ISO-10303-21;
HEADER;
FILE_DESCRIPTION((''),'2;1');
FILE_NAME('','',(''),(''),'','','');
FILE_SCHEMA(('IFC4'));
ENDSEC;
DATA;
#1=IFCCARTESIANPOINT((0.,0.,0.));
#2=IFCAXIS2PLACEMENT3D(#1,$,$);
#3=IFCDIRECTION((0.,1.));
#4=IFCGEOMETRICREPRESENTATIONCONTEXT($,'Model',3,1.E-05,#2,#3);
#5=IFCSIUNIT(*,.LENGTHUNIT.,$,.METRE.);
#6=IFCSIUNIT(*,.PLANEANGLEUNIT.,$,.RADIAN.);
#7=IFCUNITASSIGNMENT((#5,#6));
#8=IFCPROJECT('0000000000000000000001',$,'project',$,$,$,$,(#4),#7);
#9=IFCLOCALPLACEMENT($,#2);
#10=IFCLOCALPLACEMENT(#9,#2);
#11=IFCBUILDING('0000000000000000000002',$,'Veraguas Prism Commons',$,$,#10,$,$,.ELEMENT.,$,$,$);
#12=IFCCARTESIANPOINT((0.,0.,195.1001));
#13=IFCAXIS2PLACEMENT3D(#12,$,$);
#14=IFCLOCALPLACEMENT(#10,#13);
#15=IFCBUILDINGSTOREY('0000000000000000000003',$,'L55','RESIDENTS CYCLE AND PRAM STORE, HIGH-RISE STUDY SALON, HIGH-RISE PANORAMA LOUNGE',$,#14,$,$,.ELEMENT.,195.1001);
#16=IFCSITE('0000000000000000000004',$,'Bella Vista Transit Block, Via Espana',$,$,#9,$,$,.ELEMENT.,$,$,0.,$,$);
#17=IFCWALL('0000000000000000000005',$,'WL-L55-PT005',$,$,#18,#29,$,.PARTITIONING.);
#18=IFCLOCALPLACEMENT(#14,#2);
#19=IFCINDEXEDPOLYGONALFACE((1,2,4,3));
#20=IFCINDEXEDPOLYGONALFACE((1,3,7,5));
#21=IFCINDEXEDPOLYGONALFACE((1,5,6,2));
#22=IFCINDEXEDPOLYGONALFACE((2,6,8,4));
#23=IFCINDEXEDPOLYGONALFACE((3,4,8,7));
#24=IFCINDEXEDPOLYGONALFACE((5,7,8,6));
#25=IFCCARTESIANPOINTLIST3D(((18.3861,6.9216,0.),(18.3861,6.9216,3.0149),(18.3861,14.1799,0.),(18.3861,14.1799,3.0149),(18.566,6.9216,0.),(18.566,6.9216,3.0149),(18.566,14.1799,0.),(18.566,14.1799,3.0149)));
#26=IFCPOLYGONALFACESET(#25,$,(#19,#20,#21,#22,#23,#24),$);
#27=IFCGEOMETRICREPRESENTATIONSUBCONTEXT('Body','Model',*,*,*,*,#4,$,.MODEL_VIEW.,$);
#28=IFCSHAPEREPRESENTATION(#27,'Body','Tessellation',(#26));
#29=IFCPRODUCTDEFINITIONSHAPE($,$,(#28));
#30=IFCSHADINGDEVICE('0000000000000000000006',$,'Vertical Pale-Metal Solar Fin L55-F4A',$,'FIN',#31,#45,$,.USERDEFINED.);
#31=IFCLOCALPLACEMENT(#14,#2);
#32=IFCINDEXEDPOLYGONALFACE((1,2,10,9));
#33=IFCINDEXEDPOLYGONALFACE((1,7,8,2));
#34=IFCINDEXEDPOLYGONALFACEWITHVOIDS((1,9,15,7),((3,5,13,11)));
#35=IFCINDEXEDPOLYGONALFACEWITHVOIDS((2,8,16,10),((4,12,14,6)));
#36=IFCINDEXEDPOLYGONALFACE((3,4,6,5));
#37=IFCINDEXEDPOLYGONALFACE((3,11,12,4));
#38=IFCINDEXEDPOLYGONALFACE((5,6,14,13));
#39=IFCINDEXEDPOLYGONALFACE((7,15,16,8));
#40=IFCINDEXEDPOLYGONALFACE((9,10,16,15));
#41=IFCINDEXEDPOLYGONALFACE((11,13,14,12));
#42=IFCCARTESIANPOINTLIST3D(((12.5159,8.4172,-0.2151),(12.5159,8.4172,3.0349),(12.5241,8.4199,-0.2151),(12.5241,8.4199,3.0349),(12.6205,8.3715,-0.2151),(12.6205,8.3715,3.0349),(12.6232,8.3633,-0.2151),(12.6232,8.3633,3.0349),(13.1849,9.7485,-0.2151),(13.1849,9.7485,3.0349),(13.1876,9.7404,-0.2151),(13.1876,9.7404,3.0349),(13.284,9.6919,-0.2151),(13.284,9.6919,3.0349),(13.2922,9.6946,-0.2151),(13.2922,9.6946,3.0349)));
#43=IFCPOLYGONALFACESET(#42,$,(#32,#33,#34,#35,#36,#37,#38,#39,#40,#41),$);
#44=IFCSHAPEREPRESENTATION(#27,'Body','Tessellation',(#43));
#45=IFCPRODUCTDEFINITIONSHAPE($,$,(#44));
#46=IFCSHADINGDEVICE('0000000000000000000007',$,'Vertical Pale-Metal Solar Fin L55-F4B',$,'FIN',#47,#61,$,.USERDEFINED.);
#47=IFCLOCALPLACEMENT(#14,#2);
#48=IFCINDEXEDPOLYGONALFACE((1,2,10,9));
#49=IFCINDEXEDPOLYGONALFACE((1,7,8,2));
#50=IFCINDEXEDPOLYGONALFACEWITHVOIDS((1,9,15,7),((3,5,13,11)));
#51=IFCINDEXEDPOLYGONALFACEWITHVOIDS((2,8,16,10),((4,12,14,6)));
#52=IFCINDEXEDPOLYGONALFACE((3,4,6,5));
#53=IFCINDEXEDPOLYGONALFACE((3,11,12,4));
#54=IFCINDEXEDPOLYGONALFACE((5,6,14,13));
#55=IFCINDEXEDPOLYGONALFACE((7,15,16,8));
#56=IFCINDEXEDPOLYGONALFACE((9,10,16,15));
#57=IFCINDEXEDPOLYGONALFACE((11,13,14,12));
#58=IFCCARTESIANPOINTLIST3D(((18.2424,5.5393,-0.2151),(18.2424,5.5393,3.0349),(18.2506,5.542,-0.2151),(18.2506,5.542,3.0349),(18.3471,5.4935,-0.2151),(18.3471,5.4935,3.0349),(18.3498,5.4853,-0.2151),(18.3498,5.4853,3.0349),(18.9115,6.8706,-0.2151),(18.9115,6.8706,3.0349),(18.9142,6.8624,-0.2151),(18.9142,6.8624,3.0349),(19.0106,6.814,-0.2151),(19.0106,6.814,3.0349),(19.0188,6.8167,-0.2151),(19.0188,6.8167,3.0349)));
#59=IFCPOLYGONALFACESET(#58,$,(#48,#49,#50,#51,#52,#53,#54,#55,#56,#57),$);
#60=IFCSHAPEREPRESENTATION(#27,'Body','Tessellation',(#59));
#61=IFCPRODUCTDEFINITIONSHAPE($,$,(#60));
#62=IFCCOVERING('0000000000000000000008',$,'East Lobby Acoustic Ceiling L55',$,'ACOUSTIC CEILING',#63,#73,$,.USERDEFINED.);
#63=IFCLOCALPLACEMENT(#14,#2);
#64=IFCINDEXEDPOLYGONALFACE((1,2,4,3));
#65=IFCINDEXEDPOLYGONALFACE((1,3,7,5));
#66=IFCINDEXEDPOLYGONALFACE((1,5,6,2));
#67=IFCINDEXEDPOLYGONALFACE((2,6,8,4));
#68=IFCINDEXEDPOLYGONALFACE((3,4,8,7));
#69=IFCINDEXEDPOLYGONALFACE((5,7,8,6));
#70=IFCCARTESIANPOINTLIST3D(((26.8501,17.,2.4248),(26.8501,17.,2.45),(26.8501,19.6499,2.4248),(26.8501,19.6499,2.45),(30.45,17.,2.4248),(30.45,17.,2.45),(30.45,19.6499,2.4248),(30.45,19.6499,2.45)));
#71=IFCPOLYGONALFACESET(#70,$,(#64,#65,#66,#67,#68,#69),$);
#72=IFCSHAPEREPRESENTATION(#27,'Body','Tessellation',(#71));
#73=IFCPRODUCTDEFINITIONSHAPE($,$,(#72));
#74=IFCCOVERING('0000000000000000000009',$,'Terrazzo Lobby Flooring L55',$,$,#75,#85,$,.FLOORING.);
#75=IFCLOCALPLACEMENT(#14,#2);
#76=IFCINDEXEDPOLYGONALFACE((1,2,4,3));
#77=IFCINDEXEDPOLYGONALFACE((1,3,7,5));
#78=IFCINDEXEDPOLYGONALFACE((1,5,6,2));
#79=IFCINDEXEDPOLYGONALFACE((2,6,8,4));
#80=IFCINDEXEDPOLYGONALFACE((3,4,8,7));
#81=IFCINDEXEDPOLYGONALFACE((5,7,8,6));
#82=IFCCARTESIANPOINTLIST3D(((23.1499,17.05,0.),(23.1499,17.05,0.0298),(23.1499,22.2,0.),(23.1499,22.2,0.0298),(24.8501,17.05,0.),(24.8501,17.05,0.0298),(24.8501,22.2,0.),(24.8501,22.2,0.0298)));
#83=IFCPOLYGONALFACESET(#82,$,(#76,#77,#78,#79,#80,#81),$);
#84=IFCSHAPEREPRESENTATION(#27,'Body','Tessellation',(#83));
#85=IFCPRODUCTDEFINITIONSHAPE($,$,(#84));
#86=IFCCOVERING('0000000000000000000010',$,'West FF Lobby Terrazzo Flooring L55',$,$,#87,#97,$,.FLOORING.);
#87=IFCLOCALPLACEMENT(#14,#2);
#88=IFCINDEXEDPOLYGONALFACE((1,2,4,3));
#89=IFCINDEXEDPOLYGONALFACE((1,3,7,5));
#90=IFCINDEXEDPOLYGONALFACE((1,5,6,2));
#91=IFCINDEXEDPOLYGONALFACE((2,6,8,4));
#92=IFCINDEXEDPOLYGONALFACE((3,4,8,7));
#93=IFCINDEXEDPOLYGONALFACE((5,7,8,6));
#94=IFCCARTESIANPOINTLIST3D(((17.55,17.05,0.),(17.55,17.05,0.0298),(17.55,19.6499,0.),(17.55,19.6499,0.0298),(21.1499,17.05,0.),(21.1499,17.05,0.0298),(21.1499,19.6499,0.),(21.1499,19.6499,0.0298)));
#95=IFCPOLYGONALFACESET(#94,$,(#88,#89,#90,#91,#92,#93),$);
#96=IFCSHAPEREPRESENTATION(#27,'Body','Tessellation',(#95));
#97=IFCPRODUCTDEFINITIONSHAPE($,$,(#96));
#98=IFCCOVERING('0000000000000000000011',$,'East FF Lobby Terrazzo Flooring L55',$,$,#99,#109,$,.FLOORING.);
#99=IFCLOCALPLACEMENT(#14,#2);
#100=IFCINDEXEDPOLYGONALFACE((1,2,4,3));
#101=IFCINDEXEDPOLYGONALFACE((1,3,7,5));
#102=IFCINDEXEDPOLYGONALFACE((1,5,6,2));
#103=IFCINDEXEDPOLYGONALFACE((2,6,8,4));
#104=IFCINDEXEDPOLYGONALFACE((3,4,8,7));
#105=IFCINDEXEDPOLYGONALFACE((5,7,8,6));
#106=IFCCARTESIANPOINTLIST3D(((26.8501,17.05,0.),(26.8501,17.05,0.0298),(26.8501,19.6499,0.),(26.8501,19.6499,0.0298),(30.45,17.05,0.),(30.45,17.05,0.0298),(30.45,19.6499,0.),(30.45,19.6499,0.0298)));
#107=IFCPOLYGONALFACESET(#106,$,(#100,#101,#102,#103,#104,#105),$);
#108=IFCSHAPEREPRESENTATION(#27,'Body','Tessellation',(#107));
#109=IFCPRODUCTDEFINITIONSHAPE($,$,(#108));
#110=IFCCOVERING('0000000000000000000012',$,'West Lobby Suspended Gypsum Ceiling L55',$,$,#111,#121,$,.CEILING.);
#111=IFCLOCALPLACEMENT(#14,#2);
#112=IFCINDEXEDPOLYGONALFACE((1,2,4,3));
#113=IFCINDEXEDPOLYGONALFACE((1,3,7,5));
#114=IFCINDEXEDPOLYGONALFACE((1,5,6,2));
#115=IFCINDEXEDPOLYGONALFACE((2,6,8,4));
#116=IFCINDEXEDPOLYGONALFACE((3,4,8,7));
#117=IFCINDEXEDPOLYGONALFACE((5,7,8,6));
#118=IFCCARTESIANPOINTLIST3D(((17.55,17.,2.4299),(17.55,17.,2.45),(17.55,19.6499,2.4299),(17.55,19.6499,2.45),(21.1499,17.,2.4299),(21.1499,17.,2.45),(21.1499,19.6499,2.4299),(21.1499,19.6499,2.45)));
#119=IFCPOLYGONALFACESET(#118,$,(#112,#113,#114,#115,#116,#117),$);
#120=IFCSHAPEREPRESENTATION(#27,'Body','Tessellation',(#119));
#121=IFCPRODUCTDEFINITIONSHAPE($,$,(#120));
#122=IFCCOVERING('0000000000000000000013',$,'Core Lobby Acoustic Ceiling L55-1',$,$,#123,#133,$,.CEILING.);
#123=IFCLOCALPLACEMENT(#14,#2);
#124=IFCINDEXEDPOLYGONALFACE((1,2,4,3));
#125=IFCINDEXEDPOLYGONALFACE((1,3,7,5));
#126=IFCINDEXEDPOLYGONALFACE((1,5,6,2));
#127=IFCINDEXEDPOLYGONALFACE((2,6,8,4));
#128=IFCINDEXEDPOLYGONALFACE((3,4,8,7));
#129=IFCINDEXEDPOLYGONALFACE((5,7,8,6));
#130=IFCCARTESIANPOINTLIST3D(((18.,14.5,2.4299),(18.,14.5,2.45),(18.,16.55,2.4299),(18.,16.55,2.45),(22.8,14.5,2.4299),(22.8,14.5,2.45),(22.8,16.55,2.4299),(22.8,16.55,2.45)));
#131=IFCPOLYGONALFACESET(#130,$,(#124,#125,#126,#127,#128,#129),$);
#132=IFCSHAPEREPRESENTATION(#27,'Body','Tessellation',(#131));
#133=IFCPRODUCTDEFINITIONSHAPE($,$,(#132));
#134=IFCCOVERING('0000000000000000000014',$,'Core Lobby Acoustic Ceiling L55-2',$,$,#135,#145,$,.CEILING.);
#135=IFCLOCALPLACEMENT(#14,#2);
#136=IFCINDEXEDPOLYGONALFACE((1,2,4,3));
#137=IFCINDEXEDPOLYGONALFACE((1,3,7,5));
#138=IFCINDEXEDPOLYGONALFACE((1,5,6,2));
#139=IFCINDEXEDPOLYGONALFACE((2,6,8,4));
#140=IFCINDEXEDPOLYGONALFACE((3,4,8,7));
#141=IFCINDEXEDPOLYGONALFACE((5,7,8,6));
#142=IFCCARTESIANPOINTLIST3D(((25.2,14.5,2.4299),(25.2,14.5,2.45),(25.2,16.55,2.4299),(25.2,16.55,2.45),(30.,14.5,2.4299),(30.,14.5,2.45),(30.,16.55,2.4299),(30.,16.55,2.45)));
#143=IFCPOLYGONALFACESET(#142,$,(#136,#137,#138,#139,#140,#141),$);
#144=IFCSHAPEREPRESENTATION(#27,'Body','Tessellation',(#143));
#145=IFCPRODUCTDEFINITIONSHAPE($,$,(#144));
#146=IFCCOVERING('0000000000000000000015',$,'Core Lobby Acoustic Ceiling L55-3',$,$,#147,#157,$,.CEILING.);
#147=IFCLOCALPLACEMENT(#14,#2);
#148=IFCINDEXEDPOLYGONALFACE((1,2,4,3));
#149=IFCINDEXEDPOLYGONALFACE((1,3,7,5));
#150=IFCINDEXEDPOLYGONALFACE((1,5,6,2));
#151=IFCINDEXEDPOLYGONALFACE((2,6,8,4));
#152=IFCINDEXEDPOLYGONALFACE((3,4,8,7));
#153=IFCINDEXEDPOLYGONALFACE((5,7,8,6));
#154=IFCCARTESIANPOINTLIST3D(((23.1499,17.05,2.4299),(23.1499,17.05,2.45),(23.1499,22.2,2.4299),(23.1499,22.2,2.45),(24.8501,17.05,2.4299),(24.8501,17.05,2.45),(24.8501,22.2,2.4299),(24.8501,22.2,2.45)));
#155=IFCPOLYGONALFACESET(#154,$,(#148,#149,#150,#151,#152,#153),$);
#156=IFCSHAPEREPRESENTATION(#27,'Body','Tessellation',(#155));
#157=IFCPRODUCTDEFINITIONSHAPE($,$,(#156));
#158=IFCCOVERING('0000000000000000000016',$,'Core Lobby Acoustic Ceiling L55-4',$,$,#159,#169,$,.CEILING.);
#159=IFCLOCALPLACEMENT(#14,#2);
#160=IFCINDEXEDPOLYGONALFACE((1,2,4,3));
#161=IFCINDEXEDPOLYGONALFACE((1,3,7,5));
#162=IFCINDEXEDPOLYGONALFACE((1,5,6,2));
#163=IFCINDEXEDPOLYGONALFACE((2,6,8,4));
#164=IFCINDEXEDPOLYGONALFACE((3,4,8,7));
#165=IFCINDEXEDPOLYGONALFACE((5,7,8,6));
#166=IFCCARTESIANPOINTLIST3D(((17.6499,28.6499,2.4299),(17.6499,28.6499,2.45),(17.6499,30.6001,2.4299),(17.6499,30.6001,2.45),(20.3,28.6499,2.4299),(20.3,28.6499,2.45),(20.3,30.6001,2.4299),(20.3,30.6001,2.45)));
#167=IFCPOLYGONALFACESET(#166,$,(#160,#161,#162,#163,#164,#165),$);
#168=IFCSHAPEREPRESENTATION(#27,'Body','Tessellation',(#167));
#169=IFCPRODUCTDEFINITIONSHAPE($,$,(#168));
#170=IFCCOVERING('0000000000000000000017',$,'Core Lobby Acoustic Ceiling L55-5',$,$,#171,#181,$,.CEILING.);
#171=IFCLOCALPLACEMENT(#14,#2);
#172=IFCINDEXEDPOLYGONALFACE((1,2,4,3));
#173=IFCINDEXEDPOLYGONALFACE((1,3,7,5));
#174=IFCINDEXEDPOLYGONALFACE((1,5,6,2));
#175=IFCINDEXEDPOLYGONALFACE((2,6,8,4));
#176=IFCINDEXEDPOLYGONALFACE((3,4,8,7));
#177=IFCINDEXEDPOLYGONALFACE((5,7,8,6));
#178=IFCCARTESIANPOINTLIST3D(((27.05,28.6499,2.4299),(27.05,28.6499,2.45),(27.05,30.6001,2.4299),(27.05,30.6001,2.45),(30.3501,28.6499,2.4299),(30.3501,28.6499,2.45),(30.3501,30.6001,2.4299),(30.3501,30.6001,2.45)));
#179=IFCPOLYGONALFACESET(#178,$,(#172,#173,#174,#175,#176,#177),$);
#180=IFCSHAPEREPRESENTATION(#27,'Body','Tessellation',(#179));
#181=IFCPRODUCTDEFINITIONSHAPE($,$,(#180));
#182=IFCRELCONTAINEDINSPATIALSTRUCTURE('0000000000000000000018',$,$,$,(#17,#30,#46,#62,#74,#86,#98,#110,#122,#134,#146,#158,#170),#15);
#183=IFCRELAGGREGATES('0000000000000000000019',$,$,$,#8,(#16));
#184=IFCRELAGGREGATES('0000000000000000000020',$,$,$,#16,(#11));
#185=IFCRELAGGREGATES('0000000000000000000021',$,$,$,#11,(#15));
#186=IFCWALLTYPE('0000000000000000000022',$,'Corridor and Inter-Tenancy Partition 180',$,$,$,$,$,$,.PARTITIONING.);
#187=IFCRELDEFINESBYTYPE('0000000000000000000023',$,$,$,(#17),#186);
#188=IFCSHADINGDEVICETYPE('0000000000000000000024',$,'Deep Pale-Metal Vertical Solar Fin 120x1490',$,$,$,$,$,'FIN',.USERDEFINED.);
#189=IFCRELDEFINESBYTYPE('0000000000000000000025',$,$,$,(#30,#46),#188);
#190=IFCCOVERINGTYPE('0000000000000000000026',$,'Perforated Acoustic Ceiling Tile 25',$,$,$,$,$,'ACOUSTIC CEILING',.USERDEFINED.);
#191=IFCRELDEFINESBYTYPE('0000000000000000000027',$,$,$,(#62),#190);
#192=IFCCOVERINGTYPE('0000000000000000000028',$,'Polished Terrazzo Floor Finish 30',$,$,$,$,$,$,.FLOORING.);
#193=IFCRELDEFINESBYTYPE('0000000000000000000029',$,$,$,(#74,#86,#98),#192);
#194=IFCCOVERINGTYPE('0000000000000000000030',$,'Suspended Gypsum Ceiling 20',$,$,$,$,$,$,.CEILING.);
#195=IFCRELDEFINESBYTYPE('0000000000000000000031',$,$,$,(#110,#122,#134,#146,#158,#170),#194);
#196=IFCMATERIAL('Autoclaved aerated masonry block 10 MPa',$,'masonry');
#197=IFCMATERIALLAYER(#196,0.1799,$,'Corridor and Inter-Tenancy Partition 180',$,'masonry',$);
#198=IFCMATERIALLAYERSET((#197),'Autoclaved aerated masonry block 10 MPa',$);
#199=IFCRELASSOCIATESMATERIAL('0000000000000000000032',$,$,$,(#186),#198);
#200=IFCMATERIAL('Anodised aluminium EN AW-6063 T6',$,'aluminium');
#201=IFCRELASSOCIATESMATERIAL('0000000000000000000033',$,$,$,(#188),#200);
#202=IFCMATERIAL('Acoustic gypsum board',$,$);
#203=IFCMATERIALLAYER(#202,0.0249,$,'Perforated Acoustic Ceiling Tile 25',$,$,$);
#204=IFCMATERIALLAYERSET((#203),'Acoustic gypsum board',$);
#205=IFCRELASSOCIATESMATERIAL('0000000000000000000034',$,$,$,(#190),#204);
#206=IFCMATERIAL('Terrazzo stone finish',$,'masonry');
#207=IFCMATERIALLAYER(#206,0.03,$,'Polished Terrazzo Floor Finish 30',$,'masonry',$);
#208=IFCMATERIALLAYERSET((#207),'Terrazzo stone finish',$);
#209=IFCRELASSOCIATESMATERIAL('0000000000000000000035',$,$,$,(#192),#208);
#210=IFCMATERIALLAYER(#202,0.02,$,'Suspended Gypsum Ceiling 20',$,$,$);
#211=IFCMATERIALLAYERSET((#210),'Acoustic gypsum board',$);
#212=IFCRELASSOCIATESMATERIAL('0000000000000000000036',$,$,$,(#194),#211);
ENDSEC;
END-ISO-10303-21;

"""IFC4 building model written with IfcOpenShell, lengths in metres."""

from ifc_helpers import new_model, si_unit, direction, frame, frame_2d, origin, origin_2d, place, context, subcontext, project, spatial, polyline, rectangle, hollow_rectangle, outline, extrude, material, layer, layer_set, material_profile, profile_set, type_object, element, save


model = new_model("IFC4")

# Units and contexts
model_context = context("Model", 3, precision=1e-05, world=origin(), true_north=direction((0.0, 1.0)))
body_context = subcontext(model_context, "Body", "Model", "MODEL_VIEW")
ifc_project = project(units=[si_unit("LENGTHUNIT", "METRE"), si_unit("PLANEANGLEUNIT", "RADIAN")], contexts=[model_context])

# Site, building, storey
site_placement = place(None, origin())
site = spatial("IfcSite", under=ifc_project, at=site_placement, Name="Bella Vista Transit Block, Via Espana", CompositionType="ELEMENT", RefElevation=0.0)
building_placement = place(site_placement, origin())
building = spatial("IfcBuilding", under=site, at=building_placement, Name="Veraguas Prism Commons", CompositionType="ELEMENT")
storey_placement = place(building_placement, frame((0.0, 0.0, 195.1001)))
storey = spatial("IfcBuildingStorey", under=building, at=storey_placement, Name="L55", Description="RESIDENTS CYCLE AND PRAM STORE, HIGH-RISE STUDY SALON, HIGH-RISE PANORAMA LOUNGE", CompositionType="ELEMENT", Elevation=195.1001)

# Shared definitions
ifc_material_1 = material(Name="Anodised aluminium EN AW-6063 T6", Category="aluminium")

# Wall
ifc_material_2 = material(Name="Autoclaved aerated masonry block 10 MPa", Category="masonry")
ifc_layer_1 = layer(ifc_material_2, 0.1799, Name="Corridor and Inter-Tenancy Partition 180", Category="masonry")
ifc_layer_set_1 = layer_set([ifc_layer_1], Name="Autoclaved aerated masonry block 10 MPa")
wall_type = type_object("IfcWallType", Name="Corridor and Inter-Tenancy Partition 180", PredefinedType="PARTITIONING", material=ifc_layer_set_1)
wall_1_placement = place(storey_placement, frame((18.4761, 14.1799, 0.0), z_axis=(0.0, 0.0, 1.0), x_axis=(0.0, -1.0, 0.0)))
element("IfcWall", 1, at=wall_1_placement, inside=storey, type_object=wall_type, Name="WL-L55-PT005", PredefinedType="PARTITIONING", context=body_context, shape_type="SweptSolid", body=[
    extrude(rectangle(XDim=7.2583, YDim=0.1799, at=frame_2d((3.6292, 0.0))), origin(), (0.0, 0.0, 1.0), 3.0149),
])

# Shading devices
ifc_material_profile_1 = material_profile(ifc_material_1, hollow_rectangle(XDim=0.1201, YDim=1.49, WallThickness=0.0061, at=origin_2d()), Name="FIN120X1490X6")
ifc_profile_set_1 = profile_set([ifc_material_profile_1], Name="Anodised aluminium EN AW-6063 T6")
shading_device_type = type_object("IfcShadingDeviceType", Name="Deep Pale-Metal Vertical Solar Fin 120x1490", ElementType="FIN", PredefinedType="USERDEFINED", material=ifc_profile_set_1)
for number, where, z_axis, x_axis, name in (
    (2, (12.9041, 9.0559, -0.2151), (0.0, 0.0, 1.0), (0.893528, -0.449007, 0.0), "Vertical Pale-Metal Solar Fin L55-F4A"),
    (3, (18.6306, 6.178, -0.2151), (0.0, 0.0, 1.0), (0.893528, -0.449007, 0.0), "Vertical Pale-Metal Solar Fin L55-F4B"),
):
    element("IfcShadingDevice", number, at=place(storey_placement, frame(where, z_axis=z_axis, x_axis=x_axis)), inside=storey, type_object=shading_device_type, Name=name, ObjectType="FIN", PredefinedType="USERDEFINED", context=body_context, shape_type="SweptSolid", body=[
        extrude(hollow_rectangle(XDim=0.1201, YDim=1.49, WallThickness=0.0061, at=origin_2d()), origin(), (0.0, 0.0, 1.0), 3.25),
    ])

# Coverings
ifc_material_3 = material(Name="Acoustic gypsum board")
ifc_layer_2 = layer(ifc_material_3, 0.0249, Name="Perforated Acoustic Ceiling Tile 25")
ifc_layer_set_2 = layer_set([ifc_layer_2], Name="Acoustic gypsum board")
covering_type_1 = type_object("IfcCoveringType", Name="Perforated Acoustic Ceiling Tile 25", ElementType="ACOUSTIC CEILING", PredefinedType="USERDEFINED", material=ifc_layer_set_2)
covering_1_placement = place(storey_placement, frame((0.0, 0.0, 2.4248)))
element("IfcCovering", 4, at=covering_1_placement, inside=storey, type_object=covering_type_1, Name="East Lobby Acoustic Ceiling L55", ObjectType="ACOUSTIC CEILING", PredefinedType="USERDEFINED", context=body_context, shape_type="SweptSolid", body=[
    extrude(outline(polyline([(26.8501, 17.0), (30.45, 17.0), (30.45, 19.6499), (26.8501, 19.6499), (26.8501, 17.0)])), origin(), (0.0, 0.0, 1.0), 0.0251),
])
ifc_material_4 = material(Name="Terrazzo stone finish", Category="masonry")
ifc_layer_3 = layer(ifc_material_4, 0.03, Name="Polished Terrazzo Floor Finish 30", Category="masonry")
ifc_layer_set_3 = layer_set([ifc_layer_3], Name="Terrazzo stone finish")
covering_type_2 = type_object("IfcCoveringType", Name="Polished Terrazzo Floor Finish 30", PredefinedType="FLOORING", material=ifc_layer_set_3)
covering_2_placement = place(storey_placement, origin())
element("IfcCovering", 5, at=covering_2_placement, inside=storey, type_object=covering_type_2, Name="Terrazzo Lobby Flooring L55", PredefinedType="FLOORING", context=body_context, shape_type="SweptSolid", body=[
    extrude(outline(polyline([(23.1499, 17.05), (24.8501, 17.05), (24.8501, 22.2), (23.1499, 22.2), (23.1499, 17.05)])), origin(), (0.0, 0.0, 1.0), 0.0298),
])
covering_3_placement = place(storey_placement, origin())
element("IfcCovering", 6, at=covering_3_placement, inside=storey, type_object=covering_type_2, Name="West FF Lobby Terrazzo Flooring L55", PredefinedType="FLOORING", context=body_context, shape_type="SweptSolid", body=[
    extrude(outline(polyline([(17.55, 17.05), (21.1499, 17.05), (21.1499, 19.6499), (17.55, 19.6499), (17.55, 17.05)])), origin(), (0.0, 0.0, 1.0), 0.0298),
])
covering_4_placement = place(storey_placement, origin())
element("IfcCovering", 7, at=covering_4_placement, inside=storey, type_object=covering_type_2, Name="East FF Lobby Terrazzo Flooring L55", PredefinedType="FLOORING", context=body_context, shape_type="SweptSolid", body=[
    extrude(outline(polyline([(26.8501, 17.05), (30.45, 17.05), (30.45, 19.6499), (26.8501, 19.6499), (26.8501, 17.05)])), origin(), (0.0, 0.0, 1.0), 0.0298),
])
ifc_layer_4 = layer(ifc_material_3, 0.02, Name="Suspended Gypsum Ceiling 20")
ifc_layer_set_4 = layer_set([ifc_layer_4], Name="Acoustic gypsum board")
covering_type_3 = type_object("IfcCoveringType", Name="Suspended Gypsum Ceiling 20", PredefinedType="CEILING", material=ifc_layer_set_4)
covering_5_placement = place(storey_placement, frame((0.0, 0.0, 2.4299)))
element("IfcCovering", 8, at=covering_5_placement, inside=storey, type_object=covering_type_3, Name="West Lobby Suspended Gypsum Ceiling L55", PredefinedType="CEILING", context=body_context, shape_type="SweptSolid", body=[
    extrude(outline(polyline([(17.55, 17.0), (21.1499, 17.0), (21.1499, 19.6499), (17.55, 19.6499), (17.55, 17.0)])), origin(), (0.0, 0.0, 1.0), 0.02),
])
covering_6_placement = place(storey_placement, frame((0.0, 0.0, 2.4299)))
element("IfcCovering", 9, at=covering_6_placement, inside=storey, type_object=covering_type_3, Name="Core Lobby Acoustic Ceiling L55-1", PredefinedType="CEILING", context=body_context, shape_type="SweptSolid", body=[
    extrude(outline(polyline([(18.0, 14.5), (22.8, 14.5), (22.8, 16.55), (18.0, 16.55), (18.0, 14.5)])), origin(), (0.0, 0.0, 1.0), 0.02),
])
covering_7_placement = place(storey_placement, frame((0.0, 0.0, 2.4299)))
element("IfcCovering", 10, at=covering_7_placement, inside=storey, type_object=covering_type_3, Name="Core Lobby Acoustic Ceiling L55-2", PredefinedType="CEILING", context=body_context, shape_type="SweptSolid", body=[
    extrude(outline(polyline([(25.2, 14.5), (30.0, 14.5), (30.0, 16.55), (25.2, 16.55), (25.2, 14.5)])), origin(), (0.0, 0.0, 1.0), 0.02),
])
covering_8_placement = place(storey_placement, frame((0.0, 0.0, 2.4299)))
element("IfcCovering", 11, at=covering_8_placement, inside=storey, type_object=covering_type_3, Name="Core Lobby Acoustic Ceiling L55-3", PredefinedType="CEILING", context=body_context, shape_type="SweptSolid", body=[
    extrude(outline(polyline([(23.1499, 17.05), (24.8501, 17.05), (24.8501, 22.2), (23.1499, 22.2), (23.1499, 17.05)])), origin(), (0.0, 0.0, 1.0), 0.02),
])
covering_9_placement = place(storey_placement, frame((0.0, 0.0, 2.4299)))
element("IfcCovering", 12, at=covering_9_placement, inside=storey, type_object=covering_type_3, Name="Core Lobby Acoustic Ceiling L55-4", PredefinedType="CEILING", context=body_context, shape_type="SweptSolid", body=[
    extrude(outline(polyline([(17.6499, 28.6499), (20.3, 28.6499), (20.3, 30.6001), (17.6499, 30.6001), (17.6499, 28.6499)])), origin(), (0.0, 0.0, 1.0), 0.02),
])
covering_10_placement = place(storey_placement, frame((0.0, 0.0, 2.4299)))
element("IfcCovering", 13, at=covering_10_placement, inside=storey, type_object=covering_type_3, Name="Core Lobby Acoustic Ceiling L55-5", PredefinedType="CEILING", context=body_context, shape_type="SweptSolid", body=[
    extrude(outline(polyline([(27.05, 28.6499), (30.3501, 28.6499), (30.3501, 30.6001), (27.05, 30.6001), (27.05, 28.6499)])), origin(), (0.0, 0.0, 1.0), 0.02),
])

save(model, "model.ifc")
